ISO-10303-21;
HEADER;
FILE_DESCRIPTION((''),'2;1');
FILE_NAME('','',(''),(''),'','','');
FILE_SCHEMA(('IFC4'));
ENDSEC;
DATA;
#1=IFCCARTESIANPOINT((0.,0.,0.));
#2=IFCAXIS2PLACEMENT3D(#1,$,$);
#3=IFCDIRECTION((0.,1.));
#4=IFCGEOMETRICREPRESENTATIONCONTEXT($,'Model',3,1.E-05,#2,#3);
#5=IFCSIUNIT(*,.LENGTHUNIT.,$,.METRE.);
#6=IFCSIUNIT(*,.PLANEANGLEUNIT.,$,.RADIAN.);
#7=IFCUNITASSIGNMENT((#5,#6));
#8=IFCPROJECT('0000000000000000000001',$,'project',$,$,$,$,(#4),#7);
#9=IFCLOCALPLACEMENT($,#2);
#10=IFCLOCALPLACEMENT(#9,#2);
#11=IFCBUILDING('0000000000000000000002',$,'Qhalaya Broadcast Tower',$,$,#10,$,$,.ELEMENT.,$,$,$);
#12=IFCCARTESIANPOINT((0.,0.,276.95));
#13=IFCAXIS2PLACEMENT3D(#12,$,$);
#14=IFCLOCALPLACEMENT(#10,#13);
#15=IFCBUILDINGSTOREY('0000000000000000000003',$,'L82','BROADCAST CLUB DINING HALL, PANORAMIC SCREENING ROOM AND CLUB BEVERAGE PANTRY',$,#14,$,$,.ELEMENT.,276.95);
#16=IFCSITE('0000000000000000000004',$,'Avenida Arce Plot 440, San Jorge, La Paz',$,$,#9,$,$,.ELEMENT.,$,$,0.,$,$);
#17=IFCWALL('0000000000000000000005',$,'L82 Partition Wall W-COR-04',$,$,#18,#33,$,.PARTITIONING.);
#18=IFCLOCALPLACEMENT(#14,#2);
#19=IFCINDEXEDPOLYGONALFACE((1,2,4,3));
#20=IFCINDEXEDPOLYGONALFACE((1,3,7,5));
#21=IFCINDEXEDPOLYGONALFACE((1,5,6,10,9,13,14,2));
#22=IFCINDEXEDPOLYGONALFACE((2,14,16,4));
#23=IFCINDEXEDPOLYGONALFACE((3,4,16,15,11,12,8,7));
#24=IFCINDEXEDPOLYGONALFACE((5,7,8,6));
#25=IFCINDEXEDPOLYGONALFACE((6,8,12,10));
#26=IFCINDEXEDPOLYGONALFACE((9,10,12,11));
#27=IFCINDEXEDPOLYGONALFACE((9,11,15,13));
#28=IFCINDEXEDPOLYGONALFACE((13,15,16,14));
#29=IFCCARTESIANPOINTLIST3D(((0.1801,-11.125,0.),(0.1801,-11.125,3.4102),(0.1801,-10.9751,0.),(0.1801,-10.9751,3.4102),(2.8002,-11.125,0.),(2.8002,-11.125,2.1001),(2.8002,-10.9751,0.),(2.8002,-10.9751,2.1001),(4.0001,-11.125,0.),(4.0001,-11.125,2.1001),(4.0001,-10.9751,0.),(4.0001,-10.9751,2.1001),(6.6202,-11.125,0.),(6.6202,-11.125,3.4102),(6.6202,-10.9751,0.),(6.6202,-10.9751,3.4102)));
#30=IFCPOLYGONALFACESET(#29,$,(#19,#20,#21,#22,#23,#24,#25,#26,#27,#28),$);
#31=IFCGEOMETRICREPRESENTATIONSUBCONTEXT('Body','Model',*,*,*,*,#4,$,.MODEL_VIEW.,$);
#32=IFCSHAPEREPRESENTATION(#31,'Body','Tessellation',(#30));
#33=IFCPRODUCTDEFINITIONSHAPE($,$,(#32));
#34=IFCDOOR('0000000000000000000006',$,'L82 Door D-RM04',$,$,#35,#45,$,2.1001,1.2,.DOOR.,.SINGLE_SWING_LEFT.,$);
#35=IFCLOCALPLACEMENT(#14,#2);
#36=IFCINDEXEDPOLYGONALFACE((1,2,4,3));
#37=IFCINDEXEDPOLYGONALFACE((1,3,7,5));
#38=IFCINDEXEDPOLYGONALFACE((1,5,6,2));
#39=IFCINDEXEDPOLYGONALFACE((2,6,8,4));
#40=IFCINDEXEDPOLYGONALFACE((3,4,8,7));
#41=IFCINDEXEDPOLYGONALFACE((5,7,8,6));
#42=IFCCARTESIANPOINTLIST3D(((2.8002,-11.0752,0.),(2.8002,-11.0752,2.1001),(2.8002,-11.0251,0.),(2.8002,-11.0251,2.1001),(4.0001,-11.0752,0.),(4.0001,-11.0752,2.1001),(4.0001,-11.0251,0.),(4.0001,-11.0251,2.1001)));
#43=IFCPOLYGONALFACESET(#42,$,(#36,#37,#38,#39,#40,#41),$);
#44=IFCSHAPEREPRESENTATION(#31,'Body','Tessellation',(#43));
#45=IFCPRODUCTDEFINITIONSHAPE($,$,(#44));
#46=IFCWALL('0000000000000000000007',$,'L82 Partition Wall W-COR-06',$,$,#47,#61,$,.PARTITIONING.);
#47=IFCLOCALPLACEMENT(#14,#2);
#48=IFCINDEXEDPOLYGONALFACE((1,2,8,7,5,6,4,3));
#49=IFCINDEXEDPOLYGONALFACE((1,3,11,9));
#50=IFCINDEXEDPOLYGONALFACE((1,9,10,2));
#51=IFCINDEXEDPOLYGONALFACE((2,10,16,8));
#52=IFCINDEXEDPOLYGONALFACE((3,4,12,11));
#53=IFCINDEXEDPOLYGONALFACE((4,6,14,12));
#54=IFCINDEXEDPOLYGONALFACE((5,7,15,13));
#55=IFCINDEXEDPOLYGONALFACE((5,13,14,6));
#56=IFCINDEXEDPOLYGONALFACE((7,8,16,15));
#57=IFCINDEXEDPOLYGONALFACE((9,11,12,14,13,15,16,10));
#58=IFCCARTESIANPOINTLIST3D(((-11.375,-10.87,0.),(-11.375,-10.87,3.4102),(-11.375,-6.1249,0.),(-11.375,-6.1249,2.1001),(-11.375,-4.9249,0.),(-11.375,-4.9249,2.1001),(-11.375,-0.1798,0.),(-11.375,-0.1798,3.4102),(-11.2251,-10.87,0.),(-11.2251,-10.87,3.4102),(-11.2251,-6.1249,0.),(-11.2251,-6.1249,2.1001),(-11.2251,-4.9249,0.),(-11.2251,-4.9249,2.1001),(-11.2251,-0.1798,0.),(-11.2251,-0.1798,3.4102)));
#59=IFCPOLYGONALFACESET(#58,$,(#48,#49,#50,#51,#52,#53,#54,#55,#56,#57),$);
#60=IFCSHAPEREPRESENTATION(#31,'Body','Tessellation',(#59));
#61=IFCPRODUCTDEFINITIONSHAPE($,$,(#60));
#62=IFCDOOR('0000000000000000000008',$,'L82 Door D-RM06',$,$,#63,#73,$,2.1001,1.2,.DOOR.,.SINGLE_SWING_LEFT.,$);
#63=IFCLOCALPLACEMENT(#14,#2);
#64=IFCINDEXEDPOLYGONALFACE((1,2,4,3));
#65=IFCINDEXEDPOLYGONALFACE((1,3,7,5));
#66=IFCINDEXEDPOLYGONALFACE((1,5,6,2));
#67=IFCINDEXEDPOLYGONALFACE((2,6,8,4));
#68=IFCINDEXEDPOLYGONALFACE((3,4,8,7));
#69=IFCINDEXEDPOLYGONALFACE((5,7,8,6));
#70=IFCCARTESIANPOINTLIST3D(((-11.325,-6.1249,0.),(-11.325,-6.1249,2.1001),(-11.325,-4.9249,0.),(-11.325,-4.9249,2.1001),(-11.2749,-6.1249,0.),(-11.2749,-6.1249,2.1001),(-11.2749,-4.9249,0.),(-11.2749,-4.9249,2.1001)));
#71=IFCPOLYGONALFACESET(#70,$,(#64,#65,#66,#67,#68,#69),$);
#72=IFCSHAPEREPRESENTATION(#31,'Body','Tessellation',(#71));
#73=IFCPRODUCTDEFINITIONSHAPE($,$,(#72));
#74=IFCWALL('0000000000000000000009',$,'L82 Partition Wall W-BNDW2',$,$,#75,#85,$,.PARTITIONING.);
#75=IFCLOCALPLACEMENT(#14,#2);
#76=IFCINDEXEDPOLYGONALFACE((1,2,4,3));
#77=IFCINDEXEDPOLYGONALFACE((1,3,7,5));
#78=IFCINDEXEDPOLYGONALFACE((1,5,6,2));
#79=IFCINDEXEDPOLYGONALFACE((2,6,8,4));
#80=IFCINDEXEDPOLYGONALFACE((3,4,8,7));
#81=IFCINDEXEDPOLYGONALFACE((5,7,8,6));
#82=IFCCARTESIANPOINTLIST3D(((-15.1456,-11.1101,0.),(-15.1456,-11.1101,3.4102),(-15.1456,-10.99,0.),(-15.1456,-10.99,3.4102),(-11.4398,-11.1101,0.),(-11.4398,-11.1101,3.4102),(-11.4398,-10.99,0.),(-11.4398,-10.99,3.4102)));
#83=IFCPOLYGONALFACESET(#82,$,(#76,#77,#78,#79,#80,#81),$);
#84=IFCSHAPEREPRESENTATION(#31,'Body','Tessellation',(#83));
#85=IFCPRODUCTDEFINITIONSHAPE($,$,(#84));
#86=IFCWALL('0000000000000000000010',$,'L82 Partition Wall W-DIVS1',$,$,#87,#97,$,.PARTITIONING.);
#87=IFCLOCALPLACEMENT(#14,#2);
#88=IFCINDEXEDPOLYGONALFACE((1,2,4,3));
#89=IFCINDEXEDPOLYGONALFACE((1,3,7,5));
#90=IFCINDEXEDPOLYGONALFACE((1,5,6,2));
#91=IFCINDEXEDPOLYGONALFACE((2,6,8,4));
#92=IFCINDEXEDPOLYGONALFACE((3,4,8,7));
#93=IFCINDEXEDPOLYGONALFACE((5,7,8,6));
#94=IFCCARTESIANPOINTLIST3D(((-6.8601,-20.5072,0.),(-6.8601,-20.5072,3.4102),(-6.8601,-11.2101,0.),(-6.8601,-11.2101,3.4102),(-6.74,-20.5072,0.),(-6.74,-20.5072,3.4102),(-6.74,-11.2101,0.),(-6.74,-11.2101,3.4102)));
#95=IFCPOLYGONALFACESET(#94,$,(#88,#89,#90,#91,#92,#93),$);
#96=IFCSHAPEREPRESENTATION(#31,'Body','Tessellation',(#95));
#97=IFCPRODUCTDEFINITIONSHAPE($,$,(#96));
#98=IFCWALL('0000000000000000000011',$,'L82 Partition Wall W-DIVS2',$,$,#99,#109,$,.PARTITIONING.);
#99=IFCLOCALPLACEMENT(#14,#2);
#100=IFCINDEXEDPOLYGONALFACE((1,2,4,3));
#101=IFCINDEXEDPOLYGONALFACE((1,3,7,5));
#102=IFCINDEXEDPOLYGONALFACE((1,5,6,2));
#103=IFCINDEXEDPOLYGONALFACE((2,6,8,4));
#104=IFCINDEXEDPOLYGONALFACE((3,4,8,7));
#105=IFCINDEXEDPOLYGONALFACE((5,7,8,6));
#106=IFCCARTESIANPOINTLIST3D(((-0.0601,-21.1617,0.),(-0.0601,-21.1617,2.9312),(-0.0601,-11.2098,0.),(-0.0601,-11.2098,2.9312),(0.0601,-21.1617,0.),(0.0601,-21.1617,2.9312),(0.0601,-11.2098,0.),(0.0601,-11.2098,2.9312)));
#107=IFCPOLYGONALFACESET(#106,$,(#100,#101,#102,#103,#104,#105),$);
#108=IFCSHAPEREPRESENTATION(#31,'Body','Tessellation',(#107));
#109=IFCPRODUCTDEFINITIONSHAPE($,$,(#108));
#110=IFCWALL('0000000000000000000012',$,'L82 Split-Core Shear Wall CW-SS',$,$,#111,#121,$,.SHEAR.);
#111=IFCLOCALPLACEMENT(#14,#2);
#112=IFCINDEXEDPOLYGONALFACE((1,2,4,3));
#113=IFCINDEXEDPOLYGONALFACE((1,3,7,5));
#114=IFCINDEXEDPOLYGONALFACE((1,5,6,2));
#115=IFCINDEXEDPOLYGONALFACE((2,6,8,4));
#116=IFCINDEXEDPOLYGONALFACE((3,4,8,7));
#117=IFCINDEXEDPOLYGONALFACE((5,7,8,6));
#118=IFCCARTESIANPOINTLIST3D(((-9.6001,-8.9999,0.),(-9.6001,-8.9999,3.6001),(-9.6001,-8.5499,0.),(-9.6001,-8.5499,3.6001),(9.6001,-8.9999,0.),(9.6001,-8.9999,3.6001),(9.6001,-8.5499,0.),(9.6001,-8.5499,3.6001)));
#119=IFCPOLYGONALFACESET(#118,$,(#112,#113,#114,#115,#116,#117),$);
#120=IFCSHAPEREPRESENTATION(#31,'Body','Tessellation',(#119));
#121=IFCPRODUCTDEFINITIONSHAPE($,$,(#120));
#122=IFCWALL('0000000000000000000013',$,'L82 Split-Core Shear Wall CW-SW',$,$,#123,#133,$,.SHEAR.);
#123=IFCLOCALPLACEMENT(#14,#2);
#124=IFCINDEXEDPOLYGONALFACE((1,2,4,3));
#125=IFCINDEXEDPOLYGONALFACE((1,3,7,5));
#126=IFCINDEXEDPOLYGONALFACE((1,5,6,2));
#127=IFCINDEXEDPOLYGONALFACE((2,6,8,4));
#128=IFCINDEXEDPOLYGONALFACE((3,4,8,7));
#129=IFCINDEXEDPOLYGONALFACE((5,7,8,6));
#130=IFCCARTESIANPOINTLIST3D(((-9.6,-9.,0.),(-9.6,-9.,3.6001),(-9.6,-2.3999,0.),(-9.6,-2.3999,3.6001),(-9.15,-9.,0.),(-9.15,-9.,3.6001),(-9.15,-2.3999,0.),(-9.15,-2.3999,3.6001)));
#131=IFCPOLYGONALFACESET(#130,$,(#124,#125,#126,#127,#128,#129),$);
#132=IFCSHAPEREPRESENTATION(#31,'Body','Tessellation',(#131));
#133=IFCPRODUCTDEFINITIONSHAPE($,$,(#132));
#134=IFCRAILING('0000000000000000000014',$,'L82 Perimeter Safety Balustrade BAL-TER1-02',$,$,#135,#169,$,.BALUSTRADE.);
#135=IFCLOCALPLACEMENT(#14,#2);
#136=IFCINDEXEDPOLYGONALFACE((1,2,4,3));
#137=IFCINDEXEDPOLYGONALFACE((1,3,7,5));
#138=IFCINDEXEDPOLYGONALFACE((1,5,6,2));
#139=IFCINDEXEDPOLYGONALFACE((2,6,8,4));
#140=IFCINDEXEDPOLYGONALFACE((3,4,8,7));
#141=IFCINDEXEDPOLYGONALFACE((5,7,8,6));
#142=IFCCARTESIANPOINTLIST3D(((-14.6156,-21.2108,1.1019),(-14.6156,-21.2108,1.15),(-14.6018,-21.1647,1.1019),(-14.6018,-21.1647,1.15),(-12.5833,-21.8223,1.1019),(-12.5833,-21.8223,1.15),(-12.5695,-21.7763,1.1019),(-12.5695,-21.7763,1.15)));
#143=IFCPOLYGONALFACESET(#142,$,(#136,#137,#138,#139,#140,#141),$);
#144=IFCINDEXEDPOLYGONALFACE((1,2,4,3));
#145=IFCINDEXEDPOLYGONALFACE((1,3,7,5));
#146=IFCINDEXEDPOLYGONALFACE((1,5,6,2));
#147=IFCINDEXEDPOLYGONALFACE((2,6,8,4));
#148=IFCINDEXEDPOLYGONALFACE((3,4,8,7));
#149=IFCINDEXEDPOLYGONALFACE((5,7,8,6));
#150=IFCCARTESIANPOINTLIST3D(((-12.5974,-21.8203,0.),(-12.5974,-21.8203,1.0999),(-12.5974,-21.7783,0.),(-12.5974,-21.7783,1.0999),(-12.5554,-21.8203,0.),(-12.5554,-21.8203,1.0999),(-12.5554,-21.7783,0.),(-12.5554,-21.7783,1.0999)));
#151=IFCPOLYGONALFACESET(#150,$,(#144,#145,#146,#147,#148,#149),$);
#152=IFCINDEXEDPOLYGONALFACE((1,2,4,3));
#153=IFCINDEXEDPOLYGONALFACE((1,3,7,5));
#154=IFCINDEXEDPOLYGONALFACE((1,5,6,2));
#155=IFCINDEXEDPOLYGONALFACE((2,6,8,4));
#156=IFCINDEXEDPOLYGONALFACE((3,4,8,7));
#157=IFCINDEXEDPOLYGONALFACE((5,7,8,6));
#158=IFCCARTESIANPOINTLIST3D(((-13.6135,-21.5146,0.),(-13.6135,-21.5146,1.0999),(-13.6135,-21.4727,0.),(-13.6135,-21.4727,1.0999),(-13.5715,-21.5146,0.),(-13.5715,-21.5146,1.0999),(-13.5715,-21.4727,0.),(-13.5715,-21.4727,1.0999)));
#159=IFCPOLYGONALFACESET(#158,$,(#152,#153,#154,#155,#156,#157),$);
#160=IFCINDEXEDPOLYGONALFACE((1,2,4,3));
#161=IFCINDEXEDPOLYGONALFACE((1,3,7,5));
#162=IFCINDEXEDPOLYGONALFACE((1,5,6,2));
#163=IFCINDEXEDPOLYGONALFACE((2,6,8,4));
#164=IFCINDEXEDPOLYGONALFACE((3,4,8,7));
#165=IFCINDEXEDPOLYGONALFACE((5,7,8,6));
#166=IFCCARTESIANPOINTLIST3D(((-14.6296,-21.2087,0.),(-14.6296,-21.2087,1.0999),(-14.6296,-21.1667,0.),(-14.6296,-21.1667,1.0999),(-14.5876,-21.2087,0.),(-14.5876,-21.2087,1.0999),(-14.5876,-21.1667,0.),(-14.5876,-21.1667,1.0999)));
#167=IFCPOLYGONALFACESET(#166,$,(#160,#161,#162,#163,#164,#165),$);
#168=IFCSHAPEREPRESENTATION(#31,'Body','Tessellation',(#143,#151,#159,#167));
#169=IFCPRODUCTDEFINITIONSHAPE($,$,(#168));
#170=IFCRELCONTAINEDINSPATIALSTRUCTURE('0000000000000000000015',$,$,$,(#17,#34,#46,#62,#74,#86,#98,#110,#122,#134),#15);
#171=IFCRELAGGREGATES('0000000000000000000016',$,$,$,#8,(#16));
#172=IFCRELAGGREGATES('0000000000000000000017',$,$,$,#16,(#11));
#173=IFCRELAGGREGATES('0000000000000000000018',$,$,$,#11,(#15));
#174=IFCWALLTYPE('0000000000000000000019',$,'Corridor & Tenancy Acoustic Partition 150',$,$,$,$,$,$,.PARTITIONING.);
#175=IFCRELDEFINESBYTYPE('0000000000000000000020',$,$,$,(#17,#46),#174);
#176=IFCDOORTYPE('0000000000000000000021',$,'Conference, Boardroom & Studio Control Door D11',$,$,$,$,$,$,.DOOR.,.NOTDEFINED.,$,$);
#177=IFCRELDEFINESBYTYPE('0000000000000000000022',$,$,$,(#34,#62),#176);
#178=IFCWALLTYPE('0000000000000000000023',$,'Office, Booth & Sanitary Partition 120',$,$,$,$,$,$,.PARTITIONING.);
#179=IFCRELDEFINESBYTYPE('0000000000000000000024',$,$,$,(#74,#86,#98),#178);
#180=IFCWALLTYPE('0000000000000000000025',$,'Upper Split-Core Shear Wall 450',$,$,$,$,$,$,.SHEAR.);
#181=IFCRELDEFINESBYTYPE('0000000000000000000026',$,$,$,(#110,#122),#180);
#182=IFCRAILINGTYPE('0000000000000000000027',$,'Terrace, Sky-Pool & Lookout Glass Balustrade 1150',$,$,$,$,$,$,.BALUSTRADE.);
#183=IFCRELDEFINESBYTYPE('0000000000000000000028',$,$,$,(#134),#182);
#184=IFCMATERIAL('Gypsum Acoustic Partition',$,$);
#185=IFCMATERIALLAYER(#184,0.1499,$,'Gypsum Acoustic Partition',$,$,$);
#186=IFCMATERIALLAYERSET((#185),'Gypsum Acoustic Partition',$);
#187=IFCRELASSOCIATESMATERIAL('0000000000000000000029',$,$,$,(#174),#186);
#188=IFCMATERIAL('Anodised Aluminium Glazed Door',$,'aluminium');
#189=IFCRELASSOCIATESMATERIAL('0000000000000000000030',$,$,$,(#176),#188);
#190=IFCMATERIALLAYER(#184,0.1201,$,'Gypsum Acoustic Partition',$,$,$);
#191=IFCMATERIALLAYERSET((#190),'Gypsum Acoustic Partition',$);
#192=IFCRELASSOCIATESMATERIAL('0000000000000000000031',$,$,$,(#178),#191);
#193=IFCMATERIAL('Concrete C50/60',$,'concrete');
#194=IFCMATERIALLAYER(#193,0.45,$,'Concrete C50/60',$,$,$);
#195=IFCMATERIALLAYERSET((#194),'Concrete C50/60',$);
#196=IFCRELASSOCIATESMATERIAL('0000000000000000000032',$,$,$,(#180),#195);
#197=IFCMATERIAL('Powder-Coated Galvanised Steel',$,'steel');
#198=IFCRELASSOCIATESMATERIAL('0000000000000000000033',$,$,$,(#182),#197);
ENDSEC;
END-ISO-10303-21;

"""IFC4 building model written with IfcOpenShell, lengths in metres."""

from ifc_helpers import new_model, si_unit, direction, frame, frame_2d, origin, origin_2d, place, context, subcontext, project, spatial, rectangle, extrude, material, layer, layer_set, type_object, element, fill, save


model = new_model("IFC4")

# Units and contexts
model_context = context("Model", 3, precision=1e-05, world=origin(), true_north=direction((0.0, 1.0)))
body_context = subcontext(model_context, "Body", "Model", "MODEL_VIEW")
ifc_project = project(units=[si_unit("LENGTHUNIT", "METRE"), si_unit("PLANEANGLEUNIT", "RADIAN")], contexts=[model_context])

# Site, building, storey
site_placement = place(None, origin())
site = spatial("IfcSite", under=ifc_project, at=site_placement, Name="Avenida Arce Plot 440, San Jorge, La Paz", CompositionType="ELEMENT", RefElevation=0.0)
building_placement = place(site_placement, origin())
building = spatial("IfcBuilding", under=site, at=building_placement, Name="Qhalaya Broadcast Tower", CompositionType="ELEMENT")
storey_placement = place(building_placement, frame((0.0, 0.0, 276.95)))
storey = spatial("IfcBuildingStorey", under=building, at=storey_placement, Name="L82", Description="BROADCAST CLUB DINING HALL, PANORAMIC SCREENING ROOM AND CLUB BEVERAGE PANTRY", CompositionType="ELEMENT", Elevation=276.95)

# Walls, openings, doors
ifc_material_1 = material(Name="Gypsum Acoustic Partition")
ifc_layer_1 = layer(ifc_material_1, 0.1499, Name="Gypsum Acoustic Partition")
ifc_layer_set_1 = layer_set([ifc_layer_1], Name="Gypsum Acoustic Partition")
wall_type_1 = type_object("IfcWallType", Name="Corridor & Tenancy Acoustic Partition 150", PredefinedType="PARTITIONING", material=ifc_layer_set_1)
ifc_material_2 = material(Name="Anodised Aluminium Glazed Door", Category="aluminium")
door_type_1 = type_object("IfcDoorType", Name="Conference, Boardroom & Studio Control Door D11", OperationType="NOTDEFINED", PredefinedType="DOOR", material=ifc_material_2)
wall_1_placement = place(storey_placement, frame((0.1799, -11.05, 0.0), z_axis=(0.0, 0.0, 1.0), x_axis=(1.0, 0.0, 0.0)))
wall_1 = element("IfcWall", 1, at=wall_1_placement, inside=storey, type_object=wall_type_1, Name="L82 Partition Wall W-COR-04", PredefinedType="PARTITIONING", context=body_context, shape_type="SweptSolid", body=[
    extrude(rectangle(XDim=6.4402, YDim=0.1499, at=frame_2d((3.2202, 0.0))), origin(), (0.0, 0.0, 1.0), 3.4102),
])
opening_1_placement = place(wall_1_placement, frame((2.6201, 0.0, 0.0)))
opening_1 = element("IfcOpeningElement", 2, at=opening_1_placement, cuts=wall_1, PredefinedType="OPENING", context=body_context, shape_type="SweptSolid", body=[
    extrude(rectangle(XDim=1.2, YDim=2.1001, at=frame_2d((0.6001, 1.05))), frame((0.0, 0.0869, 0.0), z_axis=(0.0, -1.0, 0.0), x_axis=(1.0, 0.0, 0.0)), (0.0, 0.0, 1.0), 0.1738),
])
door_1_placement = place(opening_1_placement, origin())
door_1 = element("IfcDoor", 3, at=door_1_placement, inside=storey, type_object=door_type_1, Name="L82 Door D-RM04", OperationType="SINGLE_SWING_LEFT", OverallHeight=2.1001, OverallWidth=1.2, PredefinedType="DOOR", context=body_context, shape_type="SweptSolid", body=[
    extrude(rectangle(XDim=1.2, YDim=2.1001, at=frame_2d((0.6001, 1.05))), frame((0.0, 0.0249, 0.0), z_axis=(0.0, -1.0, 0.0), x_axis=(1.0, 0.0, 0.0)), (0.0, 0.0, 1.0), 0.05),
])
fill(opening_1, door_1)
wall_2_placement = place(storey_placement, frame((-11.3, -10.8701, 0.0), z_axis=(0.0, 0.0, 1.0), x_axis=(0.0, 1.0, 0.0)))
wall_2 = element("IfcWall", 4, at=wall_2_placement, inside=storey, type_object=wall_type_1, Name="L82 Partition Wall W-COR-06", PredefinedType="PARTITIONING", context=body_context, shape_type="SweptSolid", body=[
    extrude(rectangle(XDim=10.6902, YDim=0.1499, at=frame_2d((5.3452, 0.0))), origin(), (0.0, 0.0, 1.0), 3.4102),
])
opening_2_placement = place(wall_2_placement, frame((4.7451, 0.0, 0.0)))
opening_2 = element("IfcOpeningElement", 5, at=opening_2_placement, cuts=wall_2, PredefinedType="OPENING", context=body_context, shape_type="SweptSolid", body=[
    extrude(rectangle(XDim=1.2, YDim=2.1001, at=frame_2d((0.6001, 1.05))), frame((0.0, 0.0869, 0.0), z_axis=(0.0, -1.0, 0.0), x_axis=(1.0, 0.0, 0.0)), (0.0, 0.0, 1.0), 0.1738),
])
door_2_placement = place(opening_2_placement, origin())
door_2 = element("IfcDoor", 6, at=door_2_placement, inside=storey, type_object=door_type_1, Name="L82 Door D-RM06", OperationType="SINGLE_SWING_LEFT", OverallHeight=2.1001, OverallWidth=1.2, PredefinedType="DOOR", context=body_context, shape_type="SweptSolid", body=[
    extrude(rectangle(XDim=1.2, YDim=2.1001, at=frame_2d((0.6001, 1.05))), frame((0.0, 0.0249, 0.0), z_axis=(0.0, -1.0, 0.0), x_axis=(1.0, 0.0, 0.0)), (0.0, 0.0, 1.0), 0.05),
])
fill(opening_2, door_2)

# Walls
ifc_layer_2 = layer(ifc_material_1, 0.1201, Name="Gypsum Acoustic Partition")
ifc_layer_set_2 = layer_set([ifc_layer_2], Name="Gypsum Acoustic Partition")
wall_type_2 = type_object("IfcWallType", Name="Office, Booth & Sanitary Partition 120", PredefinedType="PARTITIONING", material=ifc_layer_set_2)
wall_3_placement = place(storey_placement, frame((-15.1458, -11.05, 0.0), z_axis=(0.0, 0.0, 1.0), x_axis=(1.0, 0.0, 0.0)))
element("IfcWall", 7, at=wall_3_placement, inside=storey, type_object=wall_type_2, Name="L82 Partition Wall W-BNDW2", PredefinedType="PARTITIONING", context=body_context, shape_type="SweptSolid", body=[
    extrude(rectangle(XDim=3.7058, YDim=0.1201, at=frame_2d((1.853, 0.0))), origin(), (0.0, 0.0, 1.0), 3.4102),
])
wall_4_placement = place(storey_placement, frame((-6.8, -20.5071, 0.0), z_axis=(0.0, 0.0, 1.0), x_axis=(0.0, 1.0, 0.0)))
element("IfcWall", 8, at=wall_4_placement, inside=storey, type_object=wall_type_2, Name="L82 Partition Wall W-DIVS1", PredefinedType="PARTITIONING", context=body_context, shape_type="SweptSolid", body=[
    extrude(rectangle(XDim=9.2971, YDim=0.1201, at=frame_2d((4.6484, 0.0))), origin(), (0.0, 0.0, 1.0), 3.4102),
])
wall_5_placement = place(storey_placement, frame((0.0, -21.1619, 0.0), z_axis=(0.0, 0.0, 1.0), x_axis=(0.0, 1.0, 0.0)))
element("IfcWall", 9, at=wall_5_placement, inside=storey, type_object=wall_type_2, Name="L82 Partition Wall W-DIVS2", PredefinedType="PARTITIONING", context=body_context, shape_type="SweptSolid", body=[
    extrude(rectangle(XDim=9.9519, YDim=0.1201, at=frame_2d((4.9761, 0.0))), origin(), (0.0, 0.0, 1.0), 2.9312),
])
ifc_material_3 = material(Name="Concrete C50/60", Category="concrete")
ifc_layer_3 = layer(ifc_material_3, 0.45, Name="Concrete C50/60")
ifc_layer_set_3 = layer_set([ifc_layer_3], Name="Concrete C50/60")
wall_type_3 = type_object("IfcWallType", Name="Upper Split-Core Shear Wall 450", PredefinedType="SHEAR", material=ifc_layer_set_3)
wall_6_placement = place(storey_placement, frame((-9.6001, -8.7749, 0.0), z_axis=(0.0, 0.0, 1.0), x_axis=(1.0, 0.0, 0.0)))
element("IfcWall", 10, at=wall_6_placement, inside=storey, type_object=wall_type_3, Name="L82 Split-Core Shear Wall CW-SS", PredefinedType="SHEAR", context=body_context, shape_type="SweptSolid", body=[
    extrude(rectangle(XDim=19.2002, YDim=0.45, at=frame_2d((9.6001, 0.0))), origin(), (0.0, 0.0, 1.0), 3.6001),
])
wall_7_placement = place(storey_placement, frame((-9.375, -9.0, 0.0), z_axis=(0.0, 0.0, 1.0), x_axis=(0.0, 1.0, 0.0)))
element("IfcWall", 11, at=wall_7_placement, inside=storey, type_object=wall_type_3, Name="L82 Split-Core Shear Wall CW-SW", PredefinedType="SHEAR", context=body_context, shape_type="SweptSolid", body=[
    extrude(rectangle(XDim=6.6001, YDim=0.45, at=frame_2d((3.3, 0.0))), origin(), (0.0, 0.0, 1.0), 3.6001),
])

# Railing
ifc_material_4 = material(Name="Powder-Coated Galvanised Steel", Category="steel")
railing_type = type_object("IfcRailingType", Name="Terrace, Sky-Pool & Lookout Glass Balustrade 1150", PredefinedType="BALUSTRADE", material=ifc_material_4)
railing_1_placement = place(storey_placement, frame((-12.5764, -21.7993, 0.0)))
element("IfcRailing", 12, at=railing_1_placement, inside=storey, type_object=railing_type, Name="L82 Perimeter Safety Balustrade BAL-TER1-02", PredefinedType="BALUSTRADE", context=body_context, shape_type="SweptSolid", body=[
    extrude(rectangle(XDim=0.0481, YDim=0.0481, at=origin_2d()), frame((0.0, 0.0, 1.126), z_axis=(-0.957579, 0.288171, 0.0), x_axis=(-0.288171, -0.957579, 0.0)), (0.0, 0.0, 1.0), 2.1223),
    extrude(rectangle(XDim=0.042, YDim=0.042, at=origin_2d()), origin(), (0.0, 0.0, 1.0), 1.0999),
    extrude(rectangle(XDim=0.042, YDim=0.042, at=origin_2d()), frame((-1.0161, 0.3057, 0.0)), (0.0, 0.0, 1.0), 1.0999),
    extrude(rectangle(XDim=0.042, YDim=0.042, at=origin_2d()), frame((-2.0322, 0.6116, 0.0)), (0.0, 0.0, 1.0), 1.0999),
])

save(model, "model.ifc")
